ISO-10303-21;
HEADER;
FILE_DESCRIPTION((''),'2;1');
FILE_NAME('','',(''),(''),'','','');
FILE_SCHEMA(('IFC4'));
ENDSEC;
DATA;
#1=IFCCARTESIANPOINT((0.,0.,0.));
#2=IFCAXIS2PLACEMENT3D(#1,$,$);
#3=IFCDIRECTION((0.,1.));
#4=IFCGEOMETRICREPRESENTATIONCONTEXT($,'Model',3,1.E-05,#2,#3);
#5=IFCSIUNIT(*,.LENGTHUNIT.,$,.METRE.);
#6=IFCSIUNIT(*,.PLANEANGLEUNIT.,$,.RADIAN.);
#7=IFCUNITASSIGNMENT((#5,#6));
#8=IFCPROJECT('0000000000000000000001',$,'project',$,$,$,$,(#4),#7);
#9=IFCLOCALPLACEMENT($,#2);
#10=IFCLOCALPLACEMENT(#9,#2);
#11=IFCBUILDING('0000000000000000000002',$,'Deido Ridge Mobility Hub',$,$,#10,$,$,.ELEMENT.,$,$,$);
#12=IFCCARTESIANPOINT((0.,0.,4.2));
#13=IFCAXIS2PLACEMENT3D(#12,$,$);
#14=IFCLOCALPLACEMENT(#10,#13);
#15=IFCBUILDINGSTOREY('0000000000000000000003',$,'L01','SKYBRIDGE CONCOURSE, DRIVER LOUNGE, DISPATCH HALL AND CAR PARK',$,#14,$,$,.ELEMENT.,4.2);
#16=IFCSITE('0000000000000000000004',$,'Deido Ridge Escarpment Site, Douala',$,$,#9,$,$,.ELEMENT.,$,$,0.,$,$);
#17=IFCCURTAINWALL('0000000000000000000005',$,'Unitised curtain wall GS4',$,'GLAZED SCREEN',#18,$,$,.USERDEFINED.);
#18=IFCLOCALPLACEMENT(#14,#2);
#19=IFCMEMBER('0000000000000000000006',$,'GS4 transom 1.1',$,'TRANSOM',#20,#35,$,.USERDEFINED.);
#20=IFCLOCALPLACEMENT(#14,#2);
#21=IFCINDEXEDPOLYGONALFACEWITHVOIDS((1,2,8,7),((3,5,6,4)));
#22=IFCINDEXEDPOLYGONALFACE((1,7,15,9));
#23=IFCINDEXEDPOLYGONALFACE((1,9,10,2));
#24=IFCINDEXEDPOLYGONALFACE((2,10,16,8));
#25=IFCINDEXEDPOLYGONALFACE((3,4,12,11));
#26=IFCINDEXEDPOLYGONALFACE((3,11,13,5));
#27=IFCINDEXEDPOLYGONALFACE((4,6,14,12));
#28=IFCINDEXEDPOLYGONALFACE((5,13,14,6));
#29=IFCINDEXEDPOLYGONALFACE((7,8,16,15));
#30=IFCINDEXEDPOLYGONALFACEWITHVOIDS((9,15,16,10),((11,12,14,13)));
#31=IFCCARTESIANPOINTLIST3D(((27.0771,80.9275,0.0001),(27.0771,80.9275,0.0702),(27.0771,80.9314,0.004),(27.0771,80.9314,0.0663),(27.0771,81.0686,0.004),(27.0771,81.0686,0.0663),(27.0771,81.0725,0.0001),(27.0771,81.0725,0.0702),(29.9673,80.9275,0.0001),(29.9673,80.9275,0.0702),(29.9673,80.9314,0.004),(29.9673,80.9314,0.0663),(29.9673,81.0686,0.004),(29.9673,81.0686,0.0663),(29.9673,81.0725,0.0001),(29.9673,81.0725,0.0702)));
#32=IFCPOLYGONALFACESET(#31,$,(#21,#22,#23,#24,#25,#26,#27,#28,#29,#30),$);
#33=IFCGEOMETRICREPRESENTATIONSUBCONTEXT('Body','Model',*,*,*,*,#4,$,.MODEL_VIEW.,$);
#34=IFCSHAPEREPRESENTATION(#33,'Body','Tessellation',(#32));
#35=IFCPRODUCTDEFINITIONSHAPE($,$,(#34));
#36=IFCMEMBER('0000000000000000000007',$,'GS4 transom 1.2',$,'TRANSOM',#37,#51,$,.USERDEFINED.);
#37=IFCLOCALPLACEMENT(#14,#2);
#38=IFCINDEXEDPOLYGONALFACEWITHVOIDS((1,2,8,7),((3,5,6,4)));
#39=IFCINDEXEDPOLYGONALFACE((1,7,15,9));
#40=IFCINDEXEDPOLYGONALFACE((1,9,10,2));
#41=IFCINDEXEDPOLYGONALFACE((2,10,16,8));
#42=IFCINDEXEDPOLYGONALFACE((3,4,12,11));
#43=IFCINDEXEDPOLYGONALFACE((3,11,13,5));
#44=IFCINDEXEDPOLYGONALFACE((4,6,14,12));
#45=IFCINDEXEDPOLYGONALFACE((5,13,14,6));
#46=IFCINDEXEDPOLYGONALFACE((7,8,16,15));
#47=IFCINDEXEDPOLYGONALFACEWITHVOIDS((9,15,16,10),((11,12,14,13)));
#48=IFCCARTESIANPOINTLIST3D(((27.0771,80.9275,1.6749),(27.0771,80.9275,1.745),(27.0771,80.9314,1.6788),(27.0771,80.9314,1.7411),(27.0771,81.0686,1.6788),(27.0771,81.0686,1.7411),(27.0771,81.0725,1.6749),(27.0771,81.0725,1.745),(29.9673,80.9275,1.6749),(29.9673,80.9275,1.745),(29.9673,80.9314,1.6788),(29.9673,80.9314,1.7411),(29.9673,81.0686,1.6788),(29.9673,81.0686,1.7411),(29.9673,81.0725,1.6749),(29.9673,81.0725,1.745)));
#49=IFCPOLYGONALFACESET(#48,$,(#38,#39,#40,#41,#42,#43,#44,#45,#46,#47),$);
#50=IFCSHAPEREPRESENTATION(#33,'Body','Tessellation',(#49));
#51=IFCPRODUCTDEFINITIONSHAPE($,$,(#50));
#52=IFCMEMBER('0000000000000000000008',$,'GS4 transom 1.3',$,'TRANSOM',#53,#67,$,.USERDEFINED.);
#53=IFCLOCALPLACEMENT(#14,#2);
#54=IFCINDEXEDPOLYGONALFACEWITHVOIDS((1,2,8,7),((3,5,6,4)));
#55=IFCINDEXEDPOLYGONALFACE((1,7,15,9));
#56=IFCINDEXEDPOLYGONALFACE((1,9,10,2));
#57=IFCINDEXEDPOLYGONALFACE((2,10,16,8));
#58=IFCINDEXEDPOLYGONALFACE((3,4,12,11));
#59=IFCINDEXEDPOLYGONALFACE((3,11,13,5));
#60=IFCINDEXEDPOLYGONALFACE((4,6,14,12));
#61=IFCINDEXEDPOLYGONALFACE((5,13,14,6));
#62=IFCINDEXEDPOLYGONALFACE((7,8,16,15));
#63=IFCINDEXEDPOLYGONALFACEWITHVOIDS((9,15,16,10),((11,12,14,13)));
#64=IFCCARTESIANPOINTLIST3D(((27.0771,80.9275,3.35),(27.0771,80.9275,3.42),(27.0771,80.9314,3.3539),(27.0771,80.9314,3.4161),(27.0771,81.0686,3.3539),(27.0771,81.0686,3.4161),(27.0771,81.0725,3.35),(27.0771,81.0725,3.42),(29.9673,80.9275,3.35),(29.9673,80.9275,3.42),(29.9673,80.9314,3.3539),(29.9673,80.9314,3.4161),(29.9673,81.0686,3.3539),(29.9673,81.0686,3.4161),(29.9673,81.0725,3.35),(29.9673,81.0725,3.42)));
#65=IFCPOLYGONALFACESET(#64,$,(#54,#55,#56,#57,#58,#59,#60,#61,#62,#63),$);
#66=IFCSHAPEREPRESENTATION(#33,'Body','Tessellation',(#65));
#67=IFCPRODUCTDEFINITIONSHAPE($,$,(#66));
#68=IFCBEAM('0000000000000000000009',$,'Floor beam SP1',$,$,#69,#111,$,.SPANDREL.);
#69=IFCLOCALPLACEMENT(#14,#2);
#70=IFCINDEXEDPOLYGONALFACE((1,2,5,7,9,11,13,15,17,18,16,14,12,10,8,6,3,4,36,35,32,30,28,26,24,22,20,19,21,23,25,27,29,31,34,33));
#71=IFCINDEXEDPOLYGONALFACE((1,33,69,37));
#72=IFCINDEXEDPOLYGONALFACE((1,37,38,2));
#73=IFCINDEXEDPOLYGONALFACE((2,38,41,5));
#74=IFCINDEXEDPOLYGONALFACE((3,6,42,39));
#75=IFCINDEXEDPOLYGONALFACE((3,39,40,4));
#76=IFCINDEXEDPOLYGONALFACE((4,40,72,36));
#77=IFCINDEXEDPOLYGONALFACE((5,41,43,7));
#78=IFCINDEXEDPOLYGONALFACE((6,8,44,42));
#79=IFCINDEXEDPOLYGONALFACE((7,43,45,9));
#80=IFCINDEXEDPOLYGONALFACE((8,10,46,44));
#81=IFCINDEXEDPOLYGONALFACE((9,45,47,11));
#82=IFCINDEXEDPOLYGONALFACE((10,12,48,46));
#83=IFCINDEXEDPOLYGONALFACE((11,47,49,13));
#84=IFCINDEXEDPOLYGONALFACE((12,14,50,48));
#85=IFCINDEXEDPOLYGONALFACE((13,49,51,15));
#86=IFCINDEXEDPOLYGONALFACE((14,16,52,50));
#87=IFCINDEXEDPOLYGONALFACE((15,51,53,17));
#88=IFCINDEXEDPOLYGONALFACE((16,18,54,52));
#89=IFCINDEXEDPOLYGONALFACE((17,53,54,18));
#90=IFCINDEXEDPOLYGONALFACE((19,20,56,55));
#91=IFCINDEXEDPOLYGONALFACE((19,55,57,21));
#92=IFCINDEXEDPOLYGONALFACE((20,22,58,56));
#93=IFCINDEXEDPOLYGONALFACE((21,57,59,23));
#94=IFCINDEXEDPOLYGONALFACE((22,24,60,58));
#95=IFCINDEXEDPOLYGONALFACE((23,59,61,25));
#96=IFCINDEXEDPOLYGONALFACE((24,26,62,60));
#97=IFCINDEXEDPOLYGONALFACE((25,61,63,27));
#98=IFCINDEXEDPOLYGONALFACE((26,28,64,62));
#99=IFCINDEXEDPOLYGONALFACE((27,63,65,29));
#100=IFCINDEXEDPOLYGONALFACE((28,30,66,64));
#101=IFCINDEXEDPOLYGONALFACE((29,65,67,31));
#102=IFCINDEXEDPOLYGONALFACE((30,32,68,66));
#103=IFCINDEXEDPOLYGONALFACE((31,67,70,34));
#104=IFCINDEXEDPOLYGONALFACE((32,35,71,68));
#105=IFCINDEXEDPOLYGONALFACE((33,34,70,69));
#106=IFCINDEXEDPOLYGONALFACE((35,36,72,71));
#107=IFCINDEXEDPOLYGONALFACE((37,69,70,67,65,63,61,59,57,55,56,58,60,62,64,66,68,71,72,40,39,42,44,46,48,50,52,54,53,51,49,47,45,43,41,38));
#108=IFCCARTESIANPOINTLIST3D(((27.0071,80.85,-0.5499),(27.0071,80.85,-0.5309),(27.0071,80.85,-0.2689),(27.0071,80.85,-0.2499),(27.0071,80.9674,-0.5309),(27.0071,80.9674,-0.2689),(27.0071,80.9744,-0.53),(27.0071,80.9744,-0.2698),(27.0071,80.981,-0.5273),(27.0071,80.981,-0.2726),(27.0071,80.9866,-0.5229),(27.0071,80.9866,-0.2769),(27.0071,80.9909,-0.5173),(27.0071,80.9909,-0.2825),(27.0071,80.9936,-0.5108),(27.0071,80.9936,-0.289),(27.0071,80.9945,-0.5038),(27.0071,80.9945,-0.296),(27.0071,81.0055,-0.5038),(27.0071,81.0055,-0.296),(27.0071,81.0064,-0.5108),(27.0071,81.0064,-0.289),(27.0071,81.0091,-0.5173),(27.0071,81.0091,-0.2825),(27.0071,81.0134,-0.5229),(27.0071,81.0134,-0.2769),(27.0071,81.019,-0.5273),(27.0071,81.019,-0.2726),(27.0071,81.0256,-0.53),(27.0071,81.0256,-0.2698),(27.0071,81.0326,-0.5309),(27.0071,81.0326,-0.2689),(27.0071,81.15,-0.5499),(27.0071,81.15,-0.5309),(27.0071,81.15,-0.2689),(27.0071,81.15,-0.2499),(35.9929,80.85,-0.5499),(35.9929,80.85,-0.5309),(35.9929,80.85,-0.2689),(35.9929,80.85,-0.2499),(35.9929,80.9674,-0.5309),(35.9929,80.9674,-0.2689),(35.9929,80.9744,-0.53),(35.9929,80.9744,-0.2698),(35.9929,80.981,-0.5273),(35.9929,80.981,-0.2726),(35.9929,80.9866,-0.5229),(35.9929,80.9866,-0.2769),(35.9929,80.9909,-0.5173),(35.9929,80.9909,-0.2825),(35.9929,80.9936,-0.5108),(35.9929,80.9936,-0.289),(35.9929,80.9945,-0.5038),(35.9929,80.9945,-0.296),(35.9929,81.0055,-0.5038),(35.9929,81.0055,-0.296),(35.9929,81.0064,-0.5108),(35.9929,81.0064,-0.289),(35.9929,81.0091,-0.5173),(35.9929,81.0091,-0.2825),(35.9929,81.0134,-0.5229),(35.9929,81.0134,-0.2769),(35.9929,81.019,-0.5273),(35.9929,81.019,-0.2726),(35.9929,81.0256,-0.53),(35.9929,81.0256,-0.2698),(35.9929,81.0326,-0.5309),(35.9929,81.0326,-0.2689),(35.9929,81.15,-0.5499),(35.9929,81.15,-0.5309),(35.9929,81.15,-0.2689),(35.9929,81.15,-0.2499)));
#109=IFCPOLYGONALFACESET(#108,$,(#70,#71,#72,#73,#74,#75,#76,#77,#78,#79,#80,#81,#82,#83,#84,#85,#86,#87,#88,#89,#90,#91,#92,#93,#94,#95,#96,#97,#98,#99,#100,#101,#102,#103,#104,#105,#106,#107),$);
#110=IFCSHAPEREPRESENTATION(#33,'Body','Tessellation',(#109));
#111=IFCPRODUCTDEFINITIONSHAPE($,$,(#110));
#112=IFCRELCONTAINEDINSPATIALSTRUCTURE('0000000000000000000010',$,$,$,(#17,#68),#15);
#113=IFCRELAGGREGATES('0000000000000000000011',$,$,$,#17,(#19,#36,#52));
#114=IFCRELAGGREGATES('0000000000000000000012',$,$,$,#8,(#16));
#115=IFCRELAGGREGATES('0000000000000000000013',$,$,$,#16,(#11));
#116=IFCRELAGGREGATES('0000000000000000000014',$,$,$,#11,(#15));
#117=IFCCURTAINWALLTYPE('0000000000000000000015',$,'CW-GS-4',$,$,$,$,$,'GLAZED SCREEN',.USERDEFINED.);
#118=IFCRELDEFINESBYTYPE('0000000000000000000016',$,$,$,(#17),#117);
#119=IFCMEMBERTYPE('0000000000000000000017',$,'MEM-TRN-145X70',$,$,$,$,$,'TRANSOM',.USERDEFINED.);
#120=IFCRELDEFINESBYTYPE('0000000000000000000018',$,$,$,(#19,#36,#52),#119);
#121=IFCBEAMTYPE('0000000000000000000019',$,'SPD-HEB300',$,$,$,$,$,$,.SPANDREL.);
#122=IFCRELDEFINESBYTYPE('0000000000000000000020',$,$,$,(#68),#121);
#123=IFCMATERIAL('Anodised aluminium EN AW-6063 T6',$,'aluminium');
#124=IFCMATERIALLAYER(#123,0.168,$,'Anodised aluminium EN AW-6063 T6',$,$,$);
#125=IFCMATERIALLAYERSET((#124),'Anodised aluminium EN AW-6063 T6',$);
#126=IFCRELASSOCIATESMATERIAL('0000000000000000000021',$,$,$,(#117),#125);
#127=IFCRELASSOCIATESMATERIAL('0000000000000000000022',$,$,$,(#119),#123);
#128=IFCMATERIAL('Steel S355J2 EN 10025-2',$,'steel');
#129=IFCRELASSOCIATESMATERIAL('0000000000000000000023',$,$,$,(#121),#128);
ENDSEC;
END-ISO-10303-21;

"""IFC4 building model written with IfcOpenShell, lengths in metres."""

from ifc_helpers import new_model, si_unit, direction, frame, origin, origin_2d, place, context, subcontext, project, spatial, hollow_rectangle, i_section, extrude, material, layer, layer_set, material_profile, profile_set, type_object, element, aggregate, save


model = new_model("IFC4")

# Units and contexts
model_context = context("Model", 3, precision=1e-05, world=origin(), true_north=direction((0.0, 1.0)))
body_context = subcontext(model_context, "Body", "Model", "MODEL_VIEW")
ifc_project = project(units=[si_unit("LENGTHUNIT", "METRE"), si_unit("PLANEANGLEUNIT", "RADIAN")], contexts=[model_context])

# Site, building, storey
site_placement = place(None, origin())
site = spatial("IfcSite", under=ifc_project, at=site_placement, Name="Deido Ridge Escarpment Site, Douala", CompositionType="ELEMENT", RefElevation=0.0)
building_placement = place(site_placement, origin())
building = spatial("IfcBuilding", under=site, at=building_placement, Name="Deido Ridge Mobility Hub", CompositionType="ELEMENT")
storey_placement = place(building_placement, frame((0.0, 0.0, 4.2)))
storey = spatial("IfcBuildingStorey", under=building, at=storey_placement, Name="L01", Description="SKYBRIDGE CONCOURSE, DRIVER LOUNGE, DISPATCH HALL AND CAR PARK", CompositionType="ELEMENT", Elevation=4.2)

# Shared definitions
ifc_material_1 = material(Name="Steel S355J2 EN 10025-2", Category="steel")

# Curtain wall, members
ifc_material_2 = material(Name="Anodised aluminium EN AW-6063 T6", Category="aluminium")
ifc_layer = layer(ifc_material_2, 0.168, Name="Anodised aluminium EN AW-6063 T6")
ifc_layer_set = layer_set([ifc_layer], Name="Anodised aluminium EN AW-6063 T6")
curtain_wall_type = type_object("IfcCurtainWallType", Name="CW-GS-4", ElementType="GLAZED SCREEN", PredefinedType="USERDEFINED", material=ifc_layer_set)
curtain_wall_placement = place(storey_placement, origin())
curtain_wall = element("IfcCurtainWall", 1, at=curtain_wall_placement, inside=storey, type_object=curtain_wall_type, Name="Unitised curtain wall GS4", ObjectType="GLAZED SCREEN", PredefinedType="USERDEFINED")
ifc_material_profile_1 = material_profile(ifc_material_2, hollow_rectangle(XDim=0.145, YDim=0.0701, WallThickness=0.0039, at=origin_2d()), Name="RHS 145x70x4")
ifc_profile_set_1 = profile_set([ifc_material_profile_1], Name="Anodised aluminium EN AW-6063 T6")
member_type_1 = type_object("IfcMemberType", Name="MEM-TRN-145X70", ElementType="TRANSOM", PredefinedType="USERDEFINED", material=ifc_profile_set_1)
member_1_placement = place(storey_placement, frame((27.0771, 81.0, 0.0352), z_axis=(1.0, 0.0, 0.0), x_axis=(0.0, 1.0, 0.0)))
member_1 = element("IfcMember", 2, at=member_1_placement, type_object=member_type_1, Name="GS4 transom 1.1", ObjectType="TRANSOM", PredefinedType="USERDEFINED", context=body_context, shape_type="SweptSolid", body=[
    extrude(hollow_rectangle(XDim=0.145, YDim=0.0701, WallThickness=0.0039, at=origin_2d()), origin(), (0.0, 0.0, 1.0), 2.8901),
])
member_2_placement = place(storey_placement, frame((27.0771, 81.0, 1.71), z_axis=(1.0, 0.0, 0.0), x_axis=(0.0, 1.0, 0.0)))
member_2 = element("IfcMember", 3, at=member_2_placement, type_object=member_type_1, Name="GS4 transom 1.2", ObjectType="TRANSOM", PredefinedType="USERDEFINED", context=body_context, shape_type="SweptSolid", body=[
    extrude(hollow_rectangle(XDim=0.145, YDim=0.0701, WallThickness=0.0039, at=origin_2d()), origin(), (0.0, 0.0, 1.0), 2.8901),
])
member_3_placement = place(storey_placement, frame((27.0771, 81.0, 3.385), z_axis=(1.0, 0.0, 0.0), x_axis=(0.0, 1.0, 0.0)))
member_3 = element("IfcMember", 4, at=member_3_placement, type_object=member_type_1, Name="GS4 transom 1.3", ObjectType="TRANSOM", PredefinedType="USERDEFINED", context=body_context, shape_type="SweptSolid", body=[
    extrude(hollow_rectangle(XDim=0.145, YDim=0.0701, WallThickness=0.0039, at=origin_2d()), origin(), (0.0, 0.0, 1.0), 2.8901),
])
aggregate(curtain_wall, [member_1, member_2, member_3])

# Beam
ifc_material_profile_2 = material_profile(ifc_material_1, i_section(OverallWidth=0.3, OverallDepth=0.3, WebThickness=0.011, FlangeThickness=0.019, FilletRadius=0.0271, at=origin_2d()), Name="HEB 300")
ifc_profile_set_2 = profile_set([ifc_material_profile_2], Name="Steel S355J2 EN 10025-2")
beam_type_1 = type_object("IfcBeamType", Name="SPD-HEB300", PredefinedType="SPANDREL", material=ifc_profile_set_2)
beam_1_placement = place(storey_placement, frame((27.0071, 81.0, -0.3999), z_axis=(1.0, 0.0, 0.0), x_axis=(0.0, 1.0, 0.0)))
element("IfcBeam", 5, at=beam_1_placement, inside=storey, type_object=beam_type_1, Name="Floor beam SP1", PredefinedType="SPANDREL", context=body_context, shape_type="SweptSolid", body=[
    extrude(i_section(OverallWidth=0.3, OverallDepth=0.3, WebThickness=0.011, FlangeThickness=0.019, FilletRadius=0.0271, at=origin_2d()), origin(), (0.0, 0.0, 1.0), 8.9858),
])

save(model, "model.ifc")
